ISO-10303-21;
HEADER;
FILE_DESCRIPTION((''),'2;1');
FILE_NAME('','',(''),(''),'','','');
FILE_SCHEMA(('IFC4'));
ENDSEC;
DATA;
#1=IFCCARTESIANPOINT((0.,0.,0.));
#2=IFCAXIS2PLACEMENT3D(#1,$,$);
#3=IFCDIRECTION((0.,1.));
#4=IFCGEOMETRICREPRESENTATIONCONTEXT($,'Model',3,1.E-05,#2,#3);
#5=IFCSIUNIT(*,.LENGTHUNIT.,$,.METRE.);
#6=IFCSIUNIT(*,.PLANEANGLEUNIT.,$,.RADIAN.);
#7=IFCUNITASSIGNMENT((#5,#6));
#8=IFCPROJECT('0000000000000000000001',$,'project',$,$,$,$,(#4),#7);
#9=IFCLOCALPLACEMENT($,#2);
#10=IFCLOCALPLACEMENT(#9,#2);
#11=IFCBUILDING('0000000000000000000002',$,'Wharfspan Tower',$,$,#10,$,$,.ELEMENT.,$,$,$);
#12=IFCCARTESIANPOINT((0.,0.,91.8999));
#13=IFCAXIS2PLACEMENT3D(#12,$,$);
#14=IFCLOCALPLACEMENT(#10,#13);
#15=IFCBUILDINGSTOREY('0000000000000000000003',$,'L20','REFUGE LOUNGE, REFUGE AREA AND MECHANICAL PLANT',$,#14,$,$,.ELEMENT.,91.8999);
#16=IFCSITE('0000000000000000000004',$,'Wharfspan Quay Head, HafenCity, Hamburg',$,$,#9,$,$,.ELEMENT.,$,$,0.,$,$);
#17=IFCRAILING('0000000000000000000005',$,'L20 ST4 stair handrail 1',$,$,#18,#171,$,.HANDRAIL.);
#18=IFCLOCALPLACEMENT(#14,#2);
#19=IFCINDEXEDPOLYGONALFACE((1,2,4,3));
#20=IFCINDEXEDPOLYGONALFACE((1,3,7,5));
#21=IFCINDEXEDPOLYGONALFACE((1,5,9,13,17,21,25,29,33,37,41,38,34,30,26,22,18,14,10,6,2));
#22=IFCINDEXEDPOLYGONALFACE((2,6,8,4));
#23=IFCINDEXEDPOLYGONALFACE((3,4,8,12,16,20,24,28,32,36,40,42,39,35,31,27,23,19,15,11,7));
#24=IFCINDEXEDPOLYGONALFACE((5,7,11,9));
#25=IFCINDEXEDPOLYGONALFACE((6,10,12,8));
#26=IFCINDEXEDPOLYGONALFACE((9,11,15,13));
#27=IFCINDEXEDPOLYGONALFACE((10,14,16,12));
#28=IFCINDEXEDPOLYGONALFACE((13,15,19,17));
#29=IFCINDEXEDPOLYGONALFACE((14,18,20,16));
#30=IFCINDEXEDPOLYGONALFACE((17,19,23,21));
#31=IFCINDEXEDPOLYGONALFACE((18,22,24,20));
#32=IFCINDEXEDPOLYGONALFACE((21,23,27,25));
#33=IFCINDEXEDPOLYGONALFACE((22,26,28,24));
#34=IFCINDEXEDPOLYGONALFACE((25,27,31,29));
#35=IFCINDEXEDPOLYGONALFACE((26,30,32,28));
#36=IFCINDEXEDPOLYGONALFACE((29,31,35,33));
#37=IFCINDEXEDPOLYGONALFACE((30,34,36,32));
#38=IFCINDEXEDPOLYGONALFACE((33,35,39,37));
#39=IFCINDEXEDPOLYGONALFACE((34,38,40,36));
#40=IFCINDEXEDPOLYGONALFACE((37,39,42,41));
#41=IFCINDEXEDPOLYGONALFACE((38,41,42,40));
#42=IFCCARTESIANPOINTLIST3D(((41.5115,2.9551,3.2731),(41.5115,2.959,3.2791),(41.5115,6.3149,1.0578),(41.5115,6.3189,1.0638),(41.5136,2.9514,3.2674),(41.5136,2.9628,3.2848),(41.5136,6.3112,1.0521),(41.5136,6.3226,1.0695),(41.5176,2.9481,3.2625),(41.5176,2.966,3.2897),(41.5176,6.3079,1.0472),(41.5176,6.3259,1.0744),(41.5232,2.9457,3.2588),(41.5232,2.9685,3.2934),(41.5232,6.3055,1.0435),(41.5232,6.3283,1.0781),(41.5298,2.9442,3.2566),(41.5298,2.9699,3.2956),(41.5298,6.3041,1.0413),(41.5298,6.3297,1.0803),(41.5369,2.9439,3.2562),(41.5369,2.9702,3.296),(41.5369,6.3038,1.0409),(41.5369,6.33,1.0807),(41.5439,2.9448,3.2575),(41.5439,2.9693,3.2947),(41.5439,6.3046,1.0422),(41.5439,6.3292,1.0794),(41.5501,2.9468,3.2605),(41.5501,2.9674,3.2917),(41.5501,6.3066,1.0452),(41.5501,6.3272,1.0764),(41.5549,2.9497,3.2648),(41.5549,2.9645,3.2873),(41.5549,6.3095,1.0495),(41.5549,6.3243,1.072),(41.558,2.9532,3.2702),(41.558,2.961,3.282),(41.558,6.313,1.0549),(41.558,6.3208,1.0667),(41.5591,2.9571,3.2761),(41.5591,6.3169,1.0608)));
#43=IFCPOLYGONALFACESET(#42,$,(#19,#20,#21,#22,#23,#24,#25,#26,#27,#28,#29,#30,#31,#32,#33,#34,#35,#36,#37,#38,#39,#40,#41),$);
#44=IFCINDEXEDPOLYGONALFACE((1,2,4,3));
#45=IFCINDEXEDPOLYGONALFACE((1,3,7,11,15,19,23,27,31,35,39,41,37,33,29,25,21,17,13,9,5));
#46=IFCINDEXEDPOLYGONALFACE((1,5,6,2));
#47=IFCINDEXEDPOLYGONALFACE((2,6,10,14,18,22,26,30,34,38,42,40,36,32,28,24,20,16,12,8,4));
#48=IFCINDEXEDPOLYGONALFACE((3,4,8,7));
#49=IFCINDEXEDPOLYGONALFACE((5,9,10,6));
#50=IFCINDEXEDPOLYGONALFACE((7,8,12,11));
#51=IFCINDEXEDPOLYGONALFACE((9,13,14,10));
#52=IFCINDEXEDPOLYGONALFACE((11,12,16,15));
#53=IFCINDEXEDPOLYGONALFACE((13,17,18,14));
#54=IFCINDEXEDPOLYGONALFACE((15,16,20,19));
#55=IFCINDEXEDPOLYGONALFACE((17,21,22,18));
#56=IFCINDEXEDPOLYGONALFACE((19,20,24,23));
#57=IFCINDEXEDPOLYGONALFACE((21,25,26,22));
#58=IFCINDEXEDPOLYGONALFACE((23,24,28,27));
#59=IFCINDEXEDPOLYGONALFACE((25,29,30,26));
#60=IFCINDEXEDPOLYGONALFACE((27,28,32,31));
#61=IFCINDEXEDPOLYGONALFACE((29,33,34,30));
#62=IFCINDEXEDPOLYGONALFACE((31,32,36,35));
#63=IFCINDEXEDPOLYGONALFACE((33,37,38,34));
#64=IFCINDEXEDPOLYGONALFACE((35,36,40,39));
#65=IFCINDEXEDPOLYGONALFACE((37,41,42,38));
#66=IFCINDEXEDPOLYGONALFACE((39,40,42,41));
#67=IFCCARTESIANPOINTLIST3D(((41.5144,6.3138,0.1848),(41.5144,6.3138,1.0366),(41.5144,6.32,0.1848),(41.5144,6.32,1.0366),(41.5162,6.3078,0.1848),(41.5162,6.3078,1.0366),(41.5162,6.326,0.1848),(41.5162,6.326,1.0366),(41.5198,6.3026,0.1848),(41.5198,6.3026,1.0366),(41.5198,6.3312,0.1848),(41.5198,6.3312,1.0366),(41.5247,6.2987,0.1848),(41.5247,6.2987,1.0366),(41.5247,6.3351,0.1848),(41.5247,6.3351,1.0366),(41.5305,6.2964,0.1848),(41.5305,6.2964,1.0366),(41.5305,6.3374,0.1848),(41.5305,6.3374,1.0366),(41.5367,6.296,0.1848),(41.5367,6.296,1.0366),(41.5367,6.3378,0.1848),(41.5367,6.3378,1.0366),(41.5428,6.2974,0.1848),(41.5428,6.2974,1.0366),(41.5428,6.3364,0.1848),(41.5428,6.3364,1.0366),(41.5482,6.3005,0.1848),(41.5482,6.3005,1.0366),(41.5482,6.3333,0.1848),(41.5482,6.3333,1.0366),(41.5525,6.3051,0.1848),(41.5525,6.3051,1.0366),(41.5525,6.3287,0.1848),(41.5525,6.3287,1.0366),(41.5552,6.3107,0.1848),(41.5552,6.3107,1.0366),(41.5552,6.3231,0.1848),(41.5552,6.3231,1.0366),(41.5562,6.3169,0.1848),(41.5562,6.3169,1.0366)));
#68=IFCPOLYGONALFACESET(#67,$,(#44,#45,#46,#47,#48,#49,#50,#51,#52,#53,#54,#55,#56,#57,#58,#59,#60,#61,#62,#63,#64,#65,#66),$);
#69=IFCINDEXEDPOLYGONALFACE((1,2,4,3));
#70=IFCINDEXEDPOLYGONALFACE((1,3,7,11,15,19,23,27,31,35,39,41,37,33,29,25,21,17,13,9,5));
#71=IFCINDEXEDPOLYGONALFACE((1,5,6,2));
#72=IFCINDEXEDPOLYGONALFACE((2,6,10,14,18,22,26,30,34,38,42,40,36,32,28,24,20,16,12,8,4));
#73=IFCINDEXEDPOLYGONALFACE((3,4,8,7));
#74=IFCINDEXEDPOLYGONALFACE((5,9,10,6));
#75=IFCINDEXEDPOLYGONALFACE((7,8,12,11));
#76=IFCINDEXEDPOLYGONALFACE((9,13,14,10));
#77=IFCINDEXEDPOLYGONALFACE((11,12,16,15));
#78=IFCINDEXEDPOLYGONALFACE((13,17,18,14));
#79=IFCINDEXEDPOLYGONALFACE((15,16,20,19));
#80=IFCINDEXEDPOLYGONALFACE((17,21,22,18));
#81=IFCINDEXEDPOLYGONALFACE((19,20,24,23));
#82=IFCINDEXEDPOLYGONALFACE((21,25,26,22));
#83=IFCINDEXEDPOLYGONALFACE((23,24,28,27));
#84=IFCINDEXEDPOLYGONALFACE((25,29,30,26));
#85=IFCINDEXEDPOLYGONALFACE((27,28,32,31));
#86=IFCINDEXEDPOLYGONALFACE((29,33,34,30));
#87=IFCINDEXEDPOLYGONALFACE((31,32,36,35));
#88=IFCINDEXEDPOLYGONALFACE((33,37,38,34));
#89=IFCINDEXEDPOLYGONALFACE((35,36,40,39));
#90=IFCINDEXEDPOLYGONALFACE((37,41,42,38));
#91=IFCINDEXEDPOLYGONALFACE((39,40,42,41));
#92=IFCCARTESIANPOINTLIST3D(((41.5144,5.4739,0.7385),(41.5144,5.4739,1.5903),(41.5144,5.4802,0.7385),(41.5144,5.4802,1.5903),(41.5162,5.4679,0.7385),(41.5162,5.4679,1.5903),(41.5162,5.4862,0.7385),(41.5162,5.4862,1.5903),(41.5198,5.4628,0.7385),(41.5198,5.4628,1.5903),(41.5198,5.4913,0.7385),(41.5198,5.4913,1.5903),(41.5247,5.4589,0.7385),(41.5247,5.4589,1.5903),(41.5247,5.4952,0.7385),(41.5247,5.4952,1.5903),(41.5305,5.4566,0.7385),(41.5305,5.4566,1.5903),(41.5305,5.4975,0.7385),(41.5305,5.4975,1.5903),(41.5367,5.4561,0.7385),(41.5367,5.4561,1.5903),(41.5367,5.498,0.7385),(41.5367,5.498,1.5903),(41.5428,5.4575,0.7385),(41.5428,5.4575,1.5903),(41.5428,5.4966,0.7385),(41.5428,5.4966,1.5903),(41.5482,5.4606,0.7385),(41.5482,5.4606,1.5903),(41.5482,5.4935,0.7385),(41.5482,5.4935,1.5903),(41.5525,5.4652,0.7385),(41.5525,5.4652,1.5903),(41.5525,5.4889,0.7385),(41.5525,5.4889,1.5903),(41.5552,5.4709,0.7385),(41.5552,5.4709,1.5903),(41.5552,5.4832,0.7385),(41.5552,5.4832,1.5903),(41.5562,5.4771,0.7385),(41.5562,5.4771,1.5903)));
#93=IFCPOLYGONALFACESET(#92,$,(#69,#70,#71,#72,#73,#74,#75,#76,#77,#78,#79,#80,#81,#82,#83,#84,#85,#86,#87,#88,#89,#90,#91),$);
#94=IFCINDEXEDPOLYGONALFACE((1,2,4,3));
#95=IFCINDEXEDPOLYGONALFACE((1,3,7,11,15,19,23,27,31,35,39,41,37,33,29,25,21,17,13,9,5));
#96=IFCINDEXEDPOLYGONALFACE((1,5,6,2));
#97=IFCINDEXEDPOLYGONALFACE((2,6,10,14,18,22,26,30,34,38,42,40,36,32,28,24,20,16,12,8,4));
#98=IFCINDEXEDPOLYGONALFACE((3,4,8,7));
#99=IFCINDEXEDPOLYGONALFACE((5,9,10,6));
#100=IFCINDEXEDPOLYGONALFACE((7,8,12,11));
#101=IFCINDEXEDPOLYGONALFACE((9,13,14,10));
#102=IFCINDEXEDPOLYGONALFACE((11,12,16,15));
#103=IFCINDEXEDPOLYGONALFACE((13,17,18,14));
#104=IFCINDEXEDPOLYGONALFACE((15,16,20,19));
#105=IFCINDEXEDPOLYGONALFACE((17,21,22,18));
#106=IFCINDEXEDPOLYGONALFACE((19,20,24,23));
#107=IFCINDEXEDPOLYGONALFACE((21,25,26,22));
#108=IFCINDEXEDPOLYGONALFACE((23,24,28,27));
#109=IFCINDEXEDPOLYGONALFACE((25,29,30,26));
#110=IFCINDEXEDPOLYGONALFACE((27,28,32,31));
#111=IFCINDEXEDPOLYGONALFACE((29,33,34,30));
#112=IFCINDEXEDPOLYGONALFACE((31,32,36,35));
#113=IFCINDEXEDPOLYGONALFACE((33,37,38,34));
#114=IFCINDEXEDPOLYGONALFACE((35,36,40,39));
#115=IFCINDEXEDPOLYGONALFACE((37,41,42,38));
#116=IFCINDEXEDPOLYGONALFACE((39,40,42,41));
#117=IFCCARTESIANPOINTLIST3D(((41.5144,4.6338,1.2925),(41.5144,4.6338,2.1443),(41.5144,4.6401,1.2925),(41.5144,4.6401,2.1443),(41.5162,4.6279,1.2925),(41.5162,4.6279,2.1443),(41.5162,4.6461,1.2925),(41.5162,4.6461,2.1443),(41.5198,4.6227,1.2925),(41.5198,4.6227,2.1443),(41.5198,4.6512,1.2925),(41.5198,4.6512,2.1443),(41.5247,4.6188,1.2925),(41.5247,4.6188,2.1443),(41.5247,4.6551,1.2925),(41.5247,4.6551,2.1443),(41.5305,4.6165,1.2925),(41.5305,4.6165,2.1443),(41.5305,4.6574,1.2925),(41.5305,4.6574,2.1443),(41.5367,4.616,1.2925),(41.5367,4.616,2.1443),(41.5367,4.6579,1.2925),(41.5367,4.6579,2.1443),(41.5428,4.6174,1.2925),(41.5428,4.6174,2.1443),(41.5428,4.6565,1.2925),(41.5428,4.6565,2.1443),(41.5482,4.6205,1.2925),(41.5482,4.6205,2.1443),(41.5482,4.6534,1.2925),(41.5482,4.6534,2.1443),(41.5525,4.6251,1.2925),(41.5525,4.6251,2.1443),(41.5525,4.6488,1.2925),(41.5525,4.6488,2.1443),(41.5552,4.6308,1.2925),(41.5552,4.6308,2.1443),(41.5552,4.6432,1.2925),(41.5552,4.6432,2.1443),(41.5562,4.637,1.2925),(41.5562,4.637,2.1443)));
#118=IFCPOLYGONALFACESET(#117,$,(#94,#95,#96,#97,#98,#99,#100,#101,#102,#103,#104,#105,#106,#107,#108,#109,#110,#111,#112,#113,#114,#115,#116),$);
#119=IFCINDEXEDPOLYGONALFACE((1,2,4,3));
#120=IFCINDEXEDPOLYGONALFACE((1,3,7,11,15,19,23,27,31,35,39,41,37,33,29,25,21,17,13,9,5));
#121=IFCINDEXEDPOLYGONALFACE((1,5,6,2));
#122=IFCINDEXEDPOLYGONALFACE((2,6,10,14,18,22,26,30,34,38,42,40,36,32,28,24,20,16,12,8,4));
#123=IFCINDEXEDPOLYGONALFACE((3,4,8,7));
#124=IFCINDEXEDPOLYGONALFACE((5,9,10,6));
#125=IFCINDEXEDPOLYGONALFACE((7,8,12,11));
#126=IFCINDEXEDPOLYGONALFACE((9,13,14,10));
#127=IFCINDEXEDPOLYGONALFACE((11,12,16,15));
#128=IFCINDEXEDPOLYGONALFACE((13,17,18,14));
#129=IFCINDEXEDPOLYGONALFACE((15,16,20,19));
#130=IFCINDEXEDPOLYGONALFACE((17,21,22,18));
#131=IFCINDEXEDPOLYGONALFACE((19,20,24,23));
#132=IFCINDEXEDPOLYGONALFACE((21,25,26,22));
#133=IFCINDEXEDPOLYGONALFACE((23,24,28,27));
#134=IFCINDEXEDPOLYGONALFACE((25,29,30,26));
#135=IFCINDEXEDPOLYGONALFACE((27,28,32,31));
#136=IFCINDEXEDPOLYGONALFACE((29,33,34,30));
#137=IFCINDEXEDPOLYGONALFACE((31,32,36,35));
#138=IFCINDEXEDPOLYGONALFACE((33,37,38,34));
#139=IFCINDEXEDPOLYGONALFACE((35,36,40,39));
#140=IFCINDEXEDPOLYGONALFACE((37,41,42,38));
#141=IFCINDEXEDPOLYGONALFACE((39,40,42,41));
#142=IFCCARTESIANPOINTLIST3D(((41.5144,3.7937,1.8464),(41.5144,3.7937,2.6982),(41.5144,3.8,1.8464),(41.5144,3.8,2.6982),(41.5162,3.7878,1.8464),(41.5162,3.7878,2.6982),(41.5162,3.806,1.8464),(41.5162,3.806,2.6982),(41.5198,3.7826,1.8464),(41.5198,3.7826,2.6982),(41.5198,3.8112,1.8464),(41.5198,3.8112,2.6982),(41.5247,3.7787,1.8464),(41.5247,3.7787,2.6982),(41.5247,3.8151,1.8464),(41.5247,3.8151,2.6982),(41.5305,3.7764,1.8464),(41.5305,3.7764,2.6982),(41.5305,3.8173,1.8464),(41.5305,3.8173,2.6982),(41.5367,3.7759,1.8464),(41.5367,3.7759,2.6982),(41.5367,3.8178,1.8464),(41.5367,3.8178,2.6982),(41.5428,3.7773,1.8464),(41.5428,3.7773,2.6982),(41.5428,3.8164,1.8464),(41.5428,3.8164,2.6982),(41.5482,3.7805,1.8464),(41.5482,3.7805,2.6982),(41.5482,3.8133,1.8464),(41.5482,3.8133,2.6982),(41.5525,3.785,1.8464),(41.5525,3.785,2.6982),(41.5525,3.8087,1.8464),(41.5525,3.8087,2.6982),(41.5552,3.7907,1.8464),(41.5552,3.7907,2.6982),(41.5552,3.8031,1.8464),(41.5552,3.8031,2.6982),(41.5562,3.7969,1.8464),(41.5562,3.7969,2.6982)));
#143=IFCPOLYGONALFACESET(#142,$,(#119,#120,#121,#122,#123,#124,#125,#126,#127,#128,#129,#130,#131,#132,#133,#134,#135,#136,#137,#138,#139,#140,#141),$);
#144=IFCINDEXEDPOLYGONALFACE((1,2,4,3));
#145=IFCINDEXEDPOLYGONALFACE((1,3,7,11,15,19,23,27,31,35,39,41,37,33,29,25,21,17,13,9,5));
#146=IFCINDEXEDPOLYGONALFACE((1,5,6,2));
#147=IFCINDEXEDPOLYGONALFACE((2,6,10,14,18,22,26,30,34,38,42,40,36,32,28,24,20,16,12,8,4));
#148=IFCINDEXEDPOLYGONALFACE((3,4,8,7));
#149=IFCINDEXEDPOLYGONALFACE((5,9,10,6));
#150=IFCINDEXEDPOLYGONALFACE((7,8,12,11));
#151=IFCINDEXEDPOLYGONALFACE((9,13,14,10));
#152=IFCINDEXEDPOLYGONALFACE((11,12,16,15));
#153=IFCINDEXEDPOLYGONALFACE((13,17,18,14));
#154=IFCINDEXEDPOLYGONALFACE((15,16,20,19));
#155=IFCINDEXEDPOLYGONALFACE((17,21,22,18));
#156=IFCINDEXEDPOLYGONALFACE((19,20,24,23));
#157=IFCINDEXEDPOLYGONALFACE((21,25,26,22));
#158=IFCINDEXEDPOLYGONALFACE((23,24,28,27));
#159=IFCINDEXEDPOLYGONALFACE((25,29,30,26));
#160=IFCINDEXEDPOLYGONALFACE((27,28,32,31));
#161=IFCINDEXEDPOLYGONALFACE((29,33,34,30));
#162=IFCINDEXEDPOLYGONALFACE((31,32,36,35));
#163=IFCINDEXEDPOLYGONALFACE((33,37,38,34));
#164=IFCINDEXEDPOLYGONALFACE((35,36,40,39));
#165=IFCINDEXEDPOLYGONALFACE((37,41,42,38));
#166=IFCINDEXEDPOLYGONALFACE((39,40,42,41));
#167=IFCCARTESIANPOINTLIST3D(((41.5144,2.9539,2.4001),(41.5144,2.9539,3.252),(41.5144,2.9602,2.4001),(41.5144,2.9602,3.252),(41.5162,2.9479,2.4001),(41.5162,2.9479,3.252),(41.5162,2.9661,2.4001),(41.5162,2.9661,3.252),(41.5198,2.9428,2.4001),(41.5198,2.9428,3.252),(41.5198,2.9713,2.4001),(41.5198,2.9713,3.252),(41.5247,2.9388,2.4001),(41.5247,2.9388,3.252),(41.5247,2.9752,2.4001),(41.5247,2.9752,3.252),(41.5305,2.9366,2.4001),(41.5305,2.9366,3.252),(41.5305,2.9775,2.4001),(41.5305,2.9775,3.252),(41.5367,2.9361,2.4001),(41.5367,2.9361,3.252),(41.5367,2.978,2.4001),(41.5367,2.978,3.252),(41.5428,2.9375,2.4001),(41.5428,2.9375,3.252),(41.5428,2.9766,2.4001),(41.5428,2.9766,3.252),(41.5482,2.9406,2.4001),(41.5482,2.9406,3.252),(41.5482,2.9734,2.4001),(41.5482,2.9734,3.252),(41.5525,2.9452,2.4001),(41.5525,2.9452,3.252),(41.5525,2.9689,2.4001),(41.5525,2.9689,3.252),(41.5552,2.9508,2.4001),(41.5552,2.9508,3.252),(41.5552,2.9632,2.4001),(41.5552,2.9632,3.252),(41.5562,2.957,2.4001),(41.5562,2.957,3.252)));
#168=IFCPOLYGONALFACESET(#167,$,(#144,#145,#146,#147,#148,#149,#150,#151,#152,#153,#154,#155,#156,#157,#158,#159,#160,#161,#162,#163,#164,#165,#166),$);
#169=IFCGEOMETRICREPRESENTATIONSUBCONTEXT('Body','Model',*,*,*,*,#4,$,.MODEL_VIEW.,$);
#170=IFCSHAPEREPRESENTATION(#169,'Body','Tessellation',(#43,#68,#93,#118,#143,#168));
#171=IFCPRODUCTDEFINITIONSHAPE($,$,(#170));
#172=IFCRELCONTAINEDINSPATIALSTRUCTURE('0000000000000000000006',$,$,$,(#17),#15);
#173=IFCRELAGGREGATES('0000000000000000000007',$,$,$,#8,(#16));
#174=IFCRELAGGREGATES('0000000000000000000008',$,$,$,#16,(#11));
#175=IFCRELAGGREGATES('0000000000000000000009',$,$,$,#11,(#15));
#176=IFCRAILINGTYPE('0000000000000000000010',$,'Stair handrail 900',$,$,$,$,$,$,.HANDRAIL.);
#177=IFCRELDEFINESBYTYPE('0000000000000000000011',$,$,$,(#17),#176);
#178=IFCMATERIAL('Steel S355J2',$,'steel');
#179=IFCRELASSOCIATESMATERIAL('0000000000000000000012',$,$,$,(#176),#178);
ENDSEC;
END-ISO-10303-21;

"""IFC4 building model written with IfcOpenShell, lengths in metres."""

from ifc_helpers import new_model, si_unit, direction, frame, origin, origin_2d, place, context, subcontext, project, spatial, circle, extrude, material, type_object, element, save


model = new_model("IFC4")

# Units and contexts
model_context = context("Model", 3, precision=1e-05, world=origin(), true_north=direction((0.0, 1.0)))
body_context = subcontext(model_context, "Body", "Model", "MODEL_VIEW")
ifc_project = project(units=[si_unit("LENGTHUNIT", "METRE"), si_unit("PLANEANGLEUNIT", "RADIAN")], contexts=[model_context])

# Site, building, storey
site_placement = place(None, origin())
site = spatial("IfcSite", under=ifc_project, at=site_placement, Name="Wharfspan Quay Head, HafenCity, Hamburg", CompositionType="ELEMENT", RefElevation=0.0)
building_placement = place(site_placement, origin())
building = spatial("IfcBuilding", under=site, at=building_placement, Name="Wharfspan Tower", CompositionType="ELEMENT")
storey_placement = place(building_placement, frame((0.0, 0.0, 91.8999)))
storey = spatial("IfcBuildingStorey", under=building, at=storey_placement, Name="L20", Description="REFUGE LOUNGE, REFUGE AREA AND MECHANICAL PLANT", CompositionType="ELEMENT", Elevation=91.8999)

# Railing
ifc_material_1 = material(Name="Steel S355J2", Category="steel")
railing_type_1 = type_object("IfcRailingType", Name="Stair handrail 900", PredefinedType="HANDRAIL", material=ifc_material_1)
railing_1_placement = place(storey_placement, frame((41.5352, 6.3169, 0.1848)))
element("IfcRailing", 1, at=railing_1_placement, inside=storey, type_object=railing_type_1, Name="L20 ST4 stair handrail 1", PredefinedType="HANDRAIL", context=body_context, shape_type="SweptSolid", body=[
    extrude(circle(Radius=0.0239, at=origin_2d()), frame((0.0, 0.0, 0.876), z_axis=(0.0, -0.834858, 0.550465), x_axis=(1.0, 0.0, 0.0)), (0.0, 0.0, 1.0), 4.0244),
    extrude(circle(Radius=0.021, at=origin_2d()), origin(), (0.0, 0.0, 1.0), 0.8518),
    extrude(circle(Radius=0.021, at=origin_2d()), frame((0.0, -0.8398, 0.5537)), (0.0, 0.0, 1.0), 0.8518),
    extrude(circle(Radius=0.021, at=origin_2d()), frame((0.0, -1.6799, 1.1077)), (0.0, 0.0, 1.0), 0.8518),
    extrude(circle(Radius=0.021, at=origin_2d()), frame((0.0, -2.52, 1.6616)), (0.0, 0.0, 1.0), 0.8518),
    extrude(circle(Radius=0.021, at=origin_2d()), frame((0.0, -3.3599, 2.2153)), (0.0, 0.0, 1.0), 0.8518),
])

save(model, "model.ifc")
